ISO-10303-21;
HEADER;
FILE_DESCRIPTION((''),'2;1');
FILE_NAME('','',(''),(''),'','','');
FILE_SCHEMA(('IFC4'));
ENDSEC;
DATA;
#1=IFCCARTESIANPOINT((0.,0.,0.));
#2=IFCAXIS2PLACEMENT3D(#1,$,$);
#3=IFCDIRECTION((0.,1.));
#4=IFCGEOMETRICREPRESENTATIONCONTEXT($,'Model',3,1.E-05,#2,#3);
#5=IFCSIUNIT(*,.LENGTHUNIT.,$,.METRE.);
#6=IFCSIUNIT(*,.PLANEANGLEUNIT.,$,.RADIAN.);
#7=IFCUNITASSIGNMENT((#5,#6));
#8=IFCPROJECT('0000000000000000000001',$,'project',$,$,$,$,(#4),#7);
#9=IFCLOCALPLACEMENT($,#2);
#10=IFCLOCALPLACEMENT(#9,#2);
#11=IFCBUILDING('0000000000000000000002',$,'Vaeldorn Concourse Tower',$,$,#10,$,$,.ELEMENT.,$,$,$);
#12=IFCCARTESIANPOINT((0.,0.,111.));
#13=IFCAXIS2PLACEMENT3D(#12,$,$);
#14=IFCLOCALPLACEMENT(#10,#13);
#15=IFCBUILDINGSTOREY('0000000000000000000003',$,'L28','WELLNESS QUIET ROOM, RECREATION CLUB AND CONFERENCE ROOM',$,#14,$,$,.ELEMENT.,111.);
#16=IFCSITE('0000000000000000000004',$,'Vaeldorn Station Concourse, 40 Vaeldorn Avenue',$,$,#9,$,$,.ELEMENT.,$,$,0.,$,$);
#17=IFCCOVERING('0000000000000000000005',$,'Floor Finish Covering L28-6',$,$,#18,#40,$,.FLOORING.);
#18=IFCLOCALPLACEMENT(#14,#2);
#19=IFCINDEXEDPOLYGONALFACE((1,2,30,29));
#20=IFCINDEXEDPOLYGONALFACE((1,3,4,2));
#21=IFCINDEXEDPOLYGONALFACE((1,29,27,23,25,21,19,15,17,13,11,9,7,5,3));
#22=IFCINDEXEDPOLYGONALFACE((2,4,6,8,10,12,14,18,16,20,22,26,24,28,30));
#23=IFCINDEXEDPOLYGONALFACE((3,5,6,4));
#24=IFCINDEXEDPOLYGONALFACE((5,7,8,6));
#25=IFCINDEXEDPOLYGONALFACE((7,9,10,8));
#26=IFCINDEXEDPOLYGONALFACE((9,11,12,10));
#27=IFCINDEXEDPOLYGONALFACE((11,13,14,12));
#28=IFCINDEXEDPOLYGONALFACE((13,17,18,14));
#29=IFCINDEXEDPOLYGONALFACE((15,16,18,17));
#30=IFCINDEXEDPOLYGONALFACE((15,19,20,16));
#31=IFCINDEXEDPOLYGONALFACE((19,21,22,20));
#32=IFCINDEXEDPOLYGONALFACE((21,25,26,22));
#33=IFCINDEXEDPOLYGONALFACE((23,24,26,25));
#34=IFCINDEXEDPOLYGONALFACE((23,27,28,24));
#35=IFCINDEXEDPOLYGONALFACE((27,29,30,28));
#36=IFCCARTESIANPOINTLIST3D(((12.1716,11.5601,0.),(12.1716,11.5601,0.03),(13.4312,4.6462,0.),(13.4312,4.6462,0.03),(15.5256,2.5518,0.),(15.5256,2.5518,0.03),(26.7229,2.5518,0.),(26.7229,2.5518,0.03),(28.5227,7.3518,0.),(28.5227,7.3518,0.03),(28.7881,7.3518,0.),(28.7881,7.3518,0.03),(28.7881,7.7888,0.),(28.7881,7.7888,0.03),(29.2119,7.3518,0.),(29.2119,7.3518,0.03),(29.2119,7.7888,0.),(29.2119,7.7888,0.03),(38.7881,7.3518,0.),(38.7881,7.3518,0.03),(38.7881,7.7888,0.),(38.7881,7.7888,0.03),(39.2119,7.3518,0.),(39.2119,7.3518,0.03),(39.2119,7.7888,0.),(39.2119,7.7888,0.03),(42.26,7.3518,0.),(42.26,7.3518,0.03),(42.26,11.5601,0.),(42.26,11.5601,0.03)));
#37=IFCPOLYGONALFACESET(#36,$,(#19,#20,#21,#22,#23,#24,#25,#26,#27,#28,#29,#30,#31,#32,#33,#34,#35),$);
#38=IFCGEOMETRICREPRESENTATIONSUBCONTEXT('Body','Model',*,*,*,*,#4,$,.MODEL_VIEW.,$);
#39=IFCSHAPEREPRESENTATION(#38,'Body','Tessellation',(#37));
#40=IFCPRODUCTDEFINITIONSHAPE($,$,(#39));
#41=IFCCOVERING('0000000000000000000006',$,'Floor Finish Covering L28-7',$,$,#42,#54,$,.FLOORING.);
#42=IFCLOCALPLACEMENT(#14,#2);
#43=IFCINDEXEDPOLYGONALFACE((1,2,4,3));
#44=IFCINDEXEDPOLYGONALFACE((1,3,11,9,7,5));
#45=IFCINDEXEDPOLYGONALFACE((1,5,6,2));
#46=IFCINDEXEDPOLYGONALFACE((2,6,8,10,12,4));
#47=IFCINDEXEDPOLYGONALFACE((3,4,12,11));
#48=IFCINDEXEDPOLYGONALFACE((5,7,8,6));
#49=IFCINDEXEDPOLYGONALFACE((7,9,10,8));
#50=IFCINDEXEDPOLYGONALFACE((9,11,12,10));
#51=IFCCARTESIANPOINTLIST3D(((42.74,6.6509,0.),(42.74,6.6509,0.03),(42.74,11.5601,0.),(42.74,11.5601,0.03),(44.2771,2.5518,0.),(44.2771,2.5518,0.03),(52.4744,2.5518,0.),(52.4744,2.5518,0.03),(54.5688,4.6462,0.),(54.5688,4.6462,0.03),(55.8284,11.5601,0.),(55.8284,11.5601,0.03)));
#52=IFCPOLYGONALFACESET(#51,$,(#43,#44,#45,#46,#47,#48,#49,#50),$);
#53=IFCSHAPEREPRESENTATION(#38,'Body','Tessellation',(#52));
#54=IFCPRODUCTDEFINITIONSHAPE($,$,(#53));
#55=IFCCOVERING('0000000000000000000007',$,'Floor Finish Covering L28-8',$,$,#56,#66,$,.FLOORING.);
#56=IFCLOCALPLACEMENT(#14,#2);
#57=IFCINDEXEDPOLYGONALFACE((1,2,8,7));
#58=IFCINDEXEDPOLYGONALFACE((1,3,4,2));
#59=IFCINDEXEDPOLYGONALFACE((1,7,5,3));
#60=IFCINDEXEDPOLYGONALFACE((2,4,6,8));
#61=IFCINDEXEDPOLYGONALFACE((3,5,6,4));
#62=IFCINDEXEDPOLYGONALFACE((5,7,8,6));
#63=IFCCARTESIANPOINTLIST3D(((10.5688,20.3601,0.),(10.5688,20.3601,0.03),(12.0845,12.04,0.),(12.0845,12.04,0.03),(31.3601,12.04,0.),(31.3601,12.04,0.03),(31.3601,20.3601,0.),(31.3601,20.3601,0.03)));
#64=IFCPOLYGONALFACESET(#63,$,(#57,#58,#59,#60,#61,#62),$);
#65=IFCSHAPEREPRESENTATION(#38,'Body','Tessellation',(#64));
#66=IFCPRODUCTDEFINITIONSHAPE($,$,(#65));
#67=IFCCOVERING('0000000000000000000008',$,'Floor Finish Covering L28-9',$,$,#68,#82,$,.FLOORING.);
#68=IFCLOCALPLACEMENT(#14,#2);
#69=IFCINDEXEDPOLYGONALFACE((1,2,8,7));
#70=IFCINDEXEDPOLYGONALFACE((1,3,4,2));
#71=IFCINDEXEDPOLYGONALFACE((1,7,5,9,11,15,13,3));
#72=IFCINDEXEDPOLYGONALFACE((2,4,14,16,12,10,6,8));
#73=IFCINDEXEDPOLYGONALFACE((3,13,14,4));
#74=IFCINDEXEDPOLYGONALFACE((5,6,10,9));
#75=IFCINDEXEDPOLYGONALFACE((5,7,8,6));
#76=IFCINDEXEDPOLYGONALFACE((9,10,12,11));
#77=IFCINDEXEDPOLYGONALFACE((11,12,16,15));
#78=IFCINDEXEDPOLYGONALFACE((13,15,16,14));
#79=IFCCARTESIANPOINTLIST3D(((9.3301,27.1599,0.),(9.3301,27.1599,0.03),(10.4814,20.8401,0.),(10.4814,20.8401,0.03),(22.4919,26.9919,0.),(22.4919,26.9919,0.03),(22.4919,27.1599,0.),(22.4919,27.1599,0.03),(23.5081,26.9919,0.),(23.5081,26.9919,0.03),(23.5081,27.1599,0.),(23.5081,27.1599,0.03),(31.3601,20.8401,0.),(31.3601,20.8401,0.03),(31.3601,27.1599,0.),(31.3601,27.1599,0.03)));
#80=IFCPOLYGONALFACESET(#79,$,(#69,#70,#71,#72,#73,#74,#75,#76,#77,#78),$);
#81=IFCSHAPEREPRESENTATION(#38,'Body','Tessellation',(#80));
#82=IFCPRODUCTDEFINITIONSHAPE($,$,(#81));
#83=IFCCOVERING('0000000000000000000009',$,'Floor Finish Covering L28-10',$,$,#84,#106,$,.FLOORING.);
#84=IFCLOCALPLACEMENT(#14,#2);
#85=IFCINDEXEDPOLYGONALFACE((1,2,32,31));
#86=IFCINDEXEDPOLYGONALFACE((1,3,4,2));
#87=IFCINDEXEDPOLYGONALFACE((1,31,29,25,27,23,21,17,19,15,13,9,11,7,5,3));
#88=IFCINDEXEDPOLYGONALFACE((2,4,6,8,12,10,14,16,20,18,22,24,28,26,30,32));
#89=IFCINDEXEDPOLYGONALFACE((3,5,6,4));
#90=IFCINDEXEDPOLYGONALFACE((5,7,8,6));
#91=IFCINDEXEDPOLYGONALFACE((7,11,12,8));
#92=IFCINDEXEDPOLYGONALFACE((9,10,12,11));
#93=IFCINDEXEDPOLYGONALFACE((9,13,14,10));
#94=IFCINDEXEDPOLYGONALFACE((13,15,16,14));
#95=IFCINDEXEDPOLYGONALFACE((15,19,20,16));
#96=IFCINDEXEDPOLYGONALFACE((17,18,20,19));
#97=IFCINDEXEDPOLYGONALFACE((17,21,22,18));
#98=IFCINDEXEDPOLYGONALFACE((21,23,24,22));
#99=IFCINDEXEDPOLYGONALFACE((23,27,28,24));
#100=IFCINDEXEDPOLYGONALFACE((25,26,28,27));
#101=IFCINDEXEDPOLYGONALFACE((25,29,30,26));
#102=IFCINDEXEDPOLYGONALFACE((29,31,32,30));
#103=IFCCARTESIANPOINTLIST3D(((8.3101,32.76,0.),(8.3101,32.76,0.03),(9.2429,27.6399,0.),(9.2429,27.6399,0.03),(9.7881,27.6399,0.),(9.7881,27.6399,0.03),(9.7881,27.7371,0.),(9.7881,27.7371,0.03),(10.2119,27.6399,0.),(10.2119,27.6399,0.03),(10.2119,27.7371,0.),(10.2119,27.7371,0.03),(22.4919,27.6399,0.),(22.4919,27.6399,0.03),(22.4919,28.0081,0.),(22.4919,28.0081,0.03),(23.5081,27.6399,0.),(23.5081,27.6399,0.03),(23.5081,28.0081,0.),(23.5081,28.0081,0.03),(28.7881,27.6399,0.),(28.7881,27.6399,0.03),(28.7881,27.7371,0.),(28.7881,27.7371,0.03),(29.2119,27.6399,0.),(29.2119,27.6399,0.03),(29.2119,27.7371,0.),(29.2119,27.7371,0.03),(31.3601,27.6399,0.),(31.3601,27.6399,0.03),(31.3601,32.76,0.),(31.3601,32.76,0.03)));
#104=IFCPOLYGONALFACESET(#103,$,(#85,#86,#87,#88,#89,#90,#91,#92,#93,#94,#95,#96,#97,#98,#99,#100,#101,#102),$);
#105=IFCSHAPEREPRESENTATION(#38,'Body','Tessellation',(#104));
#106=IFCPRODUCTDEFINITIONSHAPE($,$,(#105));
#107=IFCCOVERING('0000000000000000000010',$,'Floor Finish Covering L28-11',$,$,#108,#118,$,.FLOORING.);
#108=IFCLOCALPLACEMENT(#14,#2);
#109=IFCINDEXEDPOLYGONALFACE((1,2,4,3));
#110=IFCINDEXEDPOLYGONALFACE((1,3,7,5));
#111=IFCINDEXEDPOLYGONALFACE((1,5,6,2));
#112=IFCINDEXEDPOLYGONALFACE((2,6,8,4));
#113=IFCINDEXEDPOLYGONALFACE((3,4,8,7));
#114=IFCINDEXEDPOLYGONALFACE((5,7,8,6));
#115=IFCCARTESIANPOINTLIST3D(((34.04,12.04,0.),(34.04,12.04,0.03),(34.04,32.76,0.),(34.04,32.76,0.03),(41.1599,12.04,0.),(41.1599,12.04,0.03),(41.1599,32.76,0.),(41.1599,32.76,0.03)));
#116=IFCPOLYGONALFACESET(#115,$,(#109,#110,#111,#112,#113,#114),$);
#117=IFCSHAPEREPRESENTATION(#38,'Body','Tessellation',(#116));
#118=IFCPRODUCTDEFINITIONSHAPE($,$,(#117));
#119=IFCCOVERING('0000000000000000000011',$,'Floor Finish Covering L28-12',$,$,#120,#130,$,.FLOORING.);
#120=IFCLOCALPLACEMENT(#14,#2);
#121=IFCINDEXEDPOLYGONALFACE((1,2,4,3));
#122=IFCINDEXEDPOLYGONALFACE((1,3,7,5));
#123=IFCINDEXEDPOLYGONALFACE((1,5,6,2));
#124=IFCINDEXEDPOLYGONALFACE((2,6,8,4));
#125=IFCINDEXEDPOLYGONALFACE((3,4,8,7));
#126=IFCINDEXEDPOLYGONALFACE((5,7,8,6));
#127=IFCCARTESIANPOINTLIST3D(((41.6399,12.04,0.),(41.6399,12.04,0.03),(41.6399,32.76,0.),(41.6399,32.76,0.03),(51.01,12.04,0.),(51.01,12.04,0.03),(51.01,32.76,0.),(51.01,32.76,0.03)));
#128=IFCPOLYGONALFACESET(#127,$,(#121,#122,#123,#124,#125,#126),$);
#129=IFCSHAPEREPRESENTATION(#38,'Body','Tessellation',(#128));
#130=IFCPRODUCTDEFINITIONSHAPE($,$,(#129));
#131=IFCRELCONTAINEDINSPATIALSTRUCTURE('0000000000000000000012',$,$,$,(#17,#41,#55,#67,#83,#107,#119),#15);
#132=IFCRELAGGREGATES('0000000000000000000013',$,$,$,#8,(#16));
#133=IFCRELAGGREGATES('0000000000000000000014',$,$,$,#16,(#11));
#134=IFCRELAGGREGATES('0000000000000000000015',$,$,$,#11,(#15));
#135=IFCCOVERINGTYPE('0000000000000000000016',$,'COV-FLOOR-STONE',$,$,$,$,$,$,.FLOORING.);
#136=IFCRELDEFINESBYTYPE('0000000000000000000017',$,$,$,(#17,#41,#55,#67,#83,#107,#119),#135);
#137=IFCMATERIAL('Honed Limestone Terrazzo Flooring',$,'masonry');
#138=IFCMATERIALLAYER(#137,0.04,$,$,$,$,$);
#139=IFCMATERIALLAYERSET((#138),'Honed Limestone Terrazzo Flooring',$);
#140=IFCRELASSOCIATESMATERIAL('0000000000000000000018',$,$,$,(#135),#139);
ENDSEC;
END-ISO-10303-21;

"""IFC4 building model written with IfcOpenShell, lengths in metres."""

from ifc_helpers import new_model, si_unit, direction, frame, origin, place, context, subcontext, project, spatial, polyline, outline, extrude, material, layer, layer_set, type_object, element, save


model = new_model("IFC4")

# Units and contexts
model_context = context("Model", 3, precision=1e-05, world=origin(), true_north=direction((0.0, 1.0)))
body_context = subcontext(model_context, "Body", "Model", "MODEL_VIEW")
ifc_project = project(units=[si_unit("LENGTHUNIT", "METRE"), si_unit("PLANEANGLEUNIT", "RADIAN")], contexts=[model_context])

# Site, building, storey
site_placement = place(None, origin())
site = spatial("IfcSite", under=ifc_project, at=site_placement, Name="Vaeldorn Station Concourse, 40 Vaeldorn Avenue", CompositionType="ELEMENT", RefElevation=0.0)
building_placement = place(site_placement, origin())
building = spatial("IfcBuilding", under=site, at=building_placement, Name="Vaeldorn Concourse Tower", CompositionType="ELEMENT")
storey_placement = place(building_placement, frame((0.0, 0.0, 111.0)))
storey = spatial("IfcBuildingStorey", under=building, at=storey_placement, Name="L28", Description="WELLNESS QUIET ROOM, RECREATION CLUB AND CONFERENCE ROOM", CompositionType="ELEMENT", Elevation=111.0)

# Coverings
ifc_material_1 = material(Name="Honed Limestone Terrazzo Flooring", Category="masonry")
ifc_layer_1 = layer(ifc_material_1, 0.04)
ifc_layer_set_1 = layer_set([ifc_layer_1], Name="Honed Limestone Terrazzo Flooring")
covering_type_1 = type_object("IfcCoveringType", Name="COV-FLOOR-STONE", PredefinedType="FLOORING", material=ifc_layer_set_1)
covering_1_placement = place(storey_placement, origin())
element("IfcCovering", 1, at=covering_1_placement, inside=storey, type_object=covering_type_1, Name="Floor Finish Covering L28-6", PredefinedType="FLOORING", context=body_context, shape_type="SweptSolid", body=[
    extrude(outline(polyline([(42.26, 11.5601), (42.26, 7.3518), (39.2119, 7.3518), (39.2119, 7.7888), (38.7881, 7.7888), (38.7881, 7.3518), (29.2119, 7.3518), (29.2119, 7.7888), (28.7881, 7.7888), (28.7881, 7.3518), (28.5227, 7.3518), (26.7229, 2.5518), (15.5256, 2.5518), (13.4312, 4.6462), (12.1716, 11.5601), (42.26, 11.5601)])), origin(), (0.0, 0.0, 1.0), 0.03),
])
covering_2_placement = place(storey_placement, origin())
element("IfcCovering", 2, at=covering_2_placement, inside=storey, type_object=covering_type_1, Name="Floor Finish Covering L28-7", PredefinedType="FLOORING", context=body_context, shape_type="SweptSolid", body=[
    extrude(outline(polyline([(52.4744, 2.5518), (44.2771, 2.5518), (42.74, 6.6509), (42.74, 11.5601), (55.8284, 11.5601), (54.5688, 4.6462), (52.4744, 2.5518)])), origin(), (0.0, 0.0, 1.0), 0.03),
])
covering_3_placement = place(storey_placement, origin())
element("IfcCovering", 3, at=covering_3_placement, inside=storey, type_object=covering_type_1, Name="Floor Finish Covering L28-8", PredefinedType="FLOORING", context=body_context, shape_type="SweptSolid", body=[
    extrude(outline(polyline([(31.3601, 20.3601), (31.3601, 12.04), (12.0845, 12.04), (10.5688, 20.3601), (31.3601, 20.3601)])), origin(), (0.0, 0.0, 1.0), 0.03),
])
covering_4_placement = place(storey_placement, origin())
element("IfcCovering", 4, at=covering_4_placement, inside=storey, type_object=covering_type_1, Name="Floor Finish Covering L28-9", PredefinedType="FLOORING", context=body_context, shape_type="SweptSolid", body=[
    extrude(outline(polyline([(22.4919, 27.1599), (22.4919, 26.9919), (23.5081, 26.9919), (23.5081, 27.1599), (31.3601, 27.1599), (31.3601, 20.8401), (10.4814, 20.8401), (9.3301, 27.1599), (22.4919, 27.1599)])), origin(), (0.0, 0.0, 1.0), 0.03),
])
covering_5_placement = place(storey_placement, origin())
element("IfcCovering", 5, at=covering_5_placement, inside=storey, type_object=covering_type_1, Name="Floor Finish Covering L28-10", PredefinedType="FLOORING", context=body_context, shape_type="SweptSolid", body=[
    extrude(outline(polyline([(31.3601, 32.76), (31.3601, 27.6399), (29.2119, 27.6399), (29.2119, 27.7371), (28.7881, 27.7371), (28.7881, 27.6399), (23.5081, 27.6399), (23.5081, 28.0081), (22.4919, 28.0081), (22.4919, 27.6399), (10.2119, 27.6399), (10.2119, 27.7371), (9.7881, 27.7371), (9.7881, 27.6399), (9.2429, 27.6399), (8.3101, 32.76), (31.3601, 32.76)])), origin(), (0.0, 0.0, 1.0), 0.03),
])
covering_6_placement = place(storey_placement, origin())
element("IfcCovering", 6, at=covering_6_placement, inside=storey, type_object=covering_type_1, Name="Floor Finish Covering L28-11", PredefinedType="FLOORING", context=body_context, shape_type="SweptSolid", body=[
    extrude(outline(polyline([(34.04, 32.76), (41.1599, 32.76), (41.1599, 12.04), (34.04, 12.04), (34.04, 32.76)])), origin(), (0.0, 0.0, 1.0), 0.03),
])
covering_7_placement = place(storey_placement, origin())
element("IfcCovering", 7, at=covering_7_placement, inside=storey, type_object=covering_type_1, Name="Floor Finish Covering L28-12", PredefinedType="FLOORING", context=body_context, shape_type="SweptSolid", body=[
    extrude(outline(polyline([(41.6399, 32.76), (51.01, 32.76), (51.01, 12.04), (41.6399, 12.04), (41.6399, 32.76)])), origin(), (0.0, 0.0, 1.0), 0.03),
])

save(model, "model.ifc")
